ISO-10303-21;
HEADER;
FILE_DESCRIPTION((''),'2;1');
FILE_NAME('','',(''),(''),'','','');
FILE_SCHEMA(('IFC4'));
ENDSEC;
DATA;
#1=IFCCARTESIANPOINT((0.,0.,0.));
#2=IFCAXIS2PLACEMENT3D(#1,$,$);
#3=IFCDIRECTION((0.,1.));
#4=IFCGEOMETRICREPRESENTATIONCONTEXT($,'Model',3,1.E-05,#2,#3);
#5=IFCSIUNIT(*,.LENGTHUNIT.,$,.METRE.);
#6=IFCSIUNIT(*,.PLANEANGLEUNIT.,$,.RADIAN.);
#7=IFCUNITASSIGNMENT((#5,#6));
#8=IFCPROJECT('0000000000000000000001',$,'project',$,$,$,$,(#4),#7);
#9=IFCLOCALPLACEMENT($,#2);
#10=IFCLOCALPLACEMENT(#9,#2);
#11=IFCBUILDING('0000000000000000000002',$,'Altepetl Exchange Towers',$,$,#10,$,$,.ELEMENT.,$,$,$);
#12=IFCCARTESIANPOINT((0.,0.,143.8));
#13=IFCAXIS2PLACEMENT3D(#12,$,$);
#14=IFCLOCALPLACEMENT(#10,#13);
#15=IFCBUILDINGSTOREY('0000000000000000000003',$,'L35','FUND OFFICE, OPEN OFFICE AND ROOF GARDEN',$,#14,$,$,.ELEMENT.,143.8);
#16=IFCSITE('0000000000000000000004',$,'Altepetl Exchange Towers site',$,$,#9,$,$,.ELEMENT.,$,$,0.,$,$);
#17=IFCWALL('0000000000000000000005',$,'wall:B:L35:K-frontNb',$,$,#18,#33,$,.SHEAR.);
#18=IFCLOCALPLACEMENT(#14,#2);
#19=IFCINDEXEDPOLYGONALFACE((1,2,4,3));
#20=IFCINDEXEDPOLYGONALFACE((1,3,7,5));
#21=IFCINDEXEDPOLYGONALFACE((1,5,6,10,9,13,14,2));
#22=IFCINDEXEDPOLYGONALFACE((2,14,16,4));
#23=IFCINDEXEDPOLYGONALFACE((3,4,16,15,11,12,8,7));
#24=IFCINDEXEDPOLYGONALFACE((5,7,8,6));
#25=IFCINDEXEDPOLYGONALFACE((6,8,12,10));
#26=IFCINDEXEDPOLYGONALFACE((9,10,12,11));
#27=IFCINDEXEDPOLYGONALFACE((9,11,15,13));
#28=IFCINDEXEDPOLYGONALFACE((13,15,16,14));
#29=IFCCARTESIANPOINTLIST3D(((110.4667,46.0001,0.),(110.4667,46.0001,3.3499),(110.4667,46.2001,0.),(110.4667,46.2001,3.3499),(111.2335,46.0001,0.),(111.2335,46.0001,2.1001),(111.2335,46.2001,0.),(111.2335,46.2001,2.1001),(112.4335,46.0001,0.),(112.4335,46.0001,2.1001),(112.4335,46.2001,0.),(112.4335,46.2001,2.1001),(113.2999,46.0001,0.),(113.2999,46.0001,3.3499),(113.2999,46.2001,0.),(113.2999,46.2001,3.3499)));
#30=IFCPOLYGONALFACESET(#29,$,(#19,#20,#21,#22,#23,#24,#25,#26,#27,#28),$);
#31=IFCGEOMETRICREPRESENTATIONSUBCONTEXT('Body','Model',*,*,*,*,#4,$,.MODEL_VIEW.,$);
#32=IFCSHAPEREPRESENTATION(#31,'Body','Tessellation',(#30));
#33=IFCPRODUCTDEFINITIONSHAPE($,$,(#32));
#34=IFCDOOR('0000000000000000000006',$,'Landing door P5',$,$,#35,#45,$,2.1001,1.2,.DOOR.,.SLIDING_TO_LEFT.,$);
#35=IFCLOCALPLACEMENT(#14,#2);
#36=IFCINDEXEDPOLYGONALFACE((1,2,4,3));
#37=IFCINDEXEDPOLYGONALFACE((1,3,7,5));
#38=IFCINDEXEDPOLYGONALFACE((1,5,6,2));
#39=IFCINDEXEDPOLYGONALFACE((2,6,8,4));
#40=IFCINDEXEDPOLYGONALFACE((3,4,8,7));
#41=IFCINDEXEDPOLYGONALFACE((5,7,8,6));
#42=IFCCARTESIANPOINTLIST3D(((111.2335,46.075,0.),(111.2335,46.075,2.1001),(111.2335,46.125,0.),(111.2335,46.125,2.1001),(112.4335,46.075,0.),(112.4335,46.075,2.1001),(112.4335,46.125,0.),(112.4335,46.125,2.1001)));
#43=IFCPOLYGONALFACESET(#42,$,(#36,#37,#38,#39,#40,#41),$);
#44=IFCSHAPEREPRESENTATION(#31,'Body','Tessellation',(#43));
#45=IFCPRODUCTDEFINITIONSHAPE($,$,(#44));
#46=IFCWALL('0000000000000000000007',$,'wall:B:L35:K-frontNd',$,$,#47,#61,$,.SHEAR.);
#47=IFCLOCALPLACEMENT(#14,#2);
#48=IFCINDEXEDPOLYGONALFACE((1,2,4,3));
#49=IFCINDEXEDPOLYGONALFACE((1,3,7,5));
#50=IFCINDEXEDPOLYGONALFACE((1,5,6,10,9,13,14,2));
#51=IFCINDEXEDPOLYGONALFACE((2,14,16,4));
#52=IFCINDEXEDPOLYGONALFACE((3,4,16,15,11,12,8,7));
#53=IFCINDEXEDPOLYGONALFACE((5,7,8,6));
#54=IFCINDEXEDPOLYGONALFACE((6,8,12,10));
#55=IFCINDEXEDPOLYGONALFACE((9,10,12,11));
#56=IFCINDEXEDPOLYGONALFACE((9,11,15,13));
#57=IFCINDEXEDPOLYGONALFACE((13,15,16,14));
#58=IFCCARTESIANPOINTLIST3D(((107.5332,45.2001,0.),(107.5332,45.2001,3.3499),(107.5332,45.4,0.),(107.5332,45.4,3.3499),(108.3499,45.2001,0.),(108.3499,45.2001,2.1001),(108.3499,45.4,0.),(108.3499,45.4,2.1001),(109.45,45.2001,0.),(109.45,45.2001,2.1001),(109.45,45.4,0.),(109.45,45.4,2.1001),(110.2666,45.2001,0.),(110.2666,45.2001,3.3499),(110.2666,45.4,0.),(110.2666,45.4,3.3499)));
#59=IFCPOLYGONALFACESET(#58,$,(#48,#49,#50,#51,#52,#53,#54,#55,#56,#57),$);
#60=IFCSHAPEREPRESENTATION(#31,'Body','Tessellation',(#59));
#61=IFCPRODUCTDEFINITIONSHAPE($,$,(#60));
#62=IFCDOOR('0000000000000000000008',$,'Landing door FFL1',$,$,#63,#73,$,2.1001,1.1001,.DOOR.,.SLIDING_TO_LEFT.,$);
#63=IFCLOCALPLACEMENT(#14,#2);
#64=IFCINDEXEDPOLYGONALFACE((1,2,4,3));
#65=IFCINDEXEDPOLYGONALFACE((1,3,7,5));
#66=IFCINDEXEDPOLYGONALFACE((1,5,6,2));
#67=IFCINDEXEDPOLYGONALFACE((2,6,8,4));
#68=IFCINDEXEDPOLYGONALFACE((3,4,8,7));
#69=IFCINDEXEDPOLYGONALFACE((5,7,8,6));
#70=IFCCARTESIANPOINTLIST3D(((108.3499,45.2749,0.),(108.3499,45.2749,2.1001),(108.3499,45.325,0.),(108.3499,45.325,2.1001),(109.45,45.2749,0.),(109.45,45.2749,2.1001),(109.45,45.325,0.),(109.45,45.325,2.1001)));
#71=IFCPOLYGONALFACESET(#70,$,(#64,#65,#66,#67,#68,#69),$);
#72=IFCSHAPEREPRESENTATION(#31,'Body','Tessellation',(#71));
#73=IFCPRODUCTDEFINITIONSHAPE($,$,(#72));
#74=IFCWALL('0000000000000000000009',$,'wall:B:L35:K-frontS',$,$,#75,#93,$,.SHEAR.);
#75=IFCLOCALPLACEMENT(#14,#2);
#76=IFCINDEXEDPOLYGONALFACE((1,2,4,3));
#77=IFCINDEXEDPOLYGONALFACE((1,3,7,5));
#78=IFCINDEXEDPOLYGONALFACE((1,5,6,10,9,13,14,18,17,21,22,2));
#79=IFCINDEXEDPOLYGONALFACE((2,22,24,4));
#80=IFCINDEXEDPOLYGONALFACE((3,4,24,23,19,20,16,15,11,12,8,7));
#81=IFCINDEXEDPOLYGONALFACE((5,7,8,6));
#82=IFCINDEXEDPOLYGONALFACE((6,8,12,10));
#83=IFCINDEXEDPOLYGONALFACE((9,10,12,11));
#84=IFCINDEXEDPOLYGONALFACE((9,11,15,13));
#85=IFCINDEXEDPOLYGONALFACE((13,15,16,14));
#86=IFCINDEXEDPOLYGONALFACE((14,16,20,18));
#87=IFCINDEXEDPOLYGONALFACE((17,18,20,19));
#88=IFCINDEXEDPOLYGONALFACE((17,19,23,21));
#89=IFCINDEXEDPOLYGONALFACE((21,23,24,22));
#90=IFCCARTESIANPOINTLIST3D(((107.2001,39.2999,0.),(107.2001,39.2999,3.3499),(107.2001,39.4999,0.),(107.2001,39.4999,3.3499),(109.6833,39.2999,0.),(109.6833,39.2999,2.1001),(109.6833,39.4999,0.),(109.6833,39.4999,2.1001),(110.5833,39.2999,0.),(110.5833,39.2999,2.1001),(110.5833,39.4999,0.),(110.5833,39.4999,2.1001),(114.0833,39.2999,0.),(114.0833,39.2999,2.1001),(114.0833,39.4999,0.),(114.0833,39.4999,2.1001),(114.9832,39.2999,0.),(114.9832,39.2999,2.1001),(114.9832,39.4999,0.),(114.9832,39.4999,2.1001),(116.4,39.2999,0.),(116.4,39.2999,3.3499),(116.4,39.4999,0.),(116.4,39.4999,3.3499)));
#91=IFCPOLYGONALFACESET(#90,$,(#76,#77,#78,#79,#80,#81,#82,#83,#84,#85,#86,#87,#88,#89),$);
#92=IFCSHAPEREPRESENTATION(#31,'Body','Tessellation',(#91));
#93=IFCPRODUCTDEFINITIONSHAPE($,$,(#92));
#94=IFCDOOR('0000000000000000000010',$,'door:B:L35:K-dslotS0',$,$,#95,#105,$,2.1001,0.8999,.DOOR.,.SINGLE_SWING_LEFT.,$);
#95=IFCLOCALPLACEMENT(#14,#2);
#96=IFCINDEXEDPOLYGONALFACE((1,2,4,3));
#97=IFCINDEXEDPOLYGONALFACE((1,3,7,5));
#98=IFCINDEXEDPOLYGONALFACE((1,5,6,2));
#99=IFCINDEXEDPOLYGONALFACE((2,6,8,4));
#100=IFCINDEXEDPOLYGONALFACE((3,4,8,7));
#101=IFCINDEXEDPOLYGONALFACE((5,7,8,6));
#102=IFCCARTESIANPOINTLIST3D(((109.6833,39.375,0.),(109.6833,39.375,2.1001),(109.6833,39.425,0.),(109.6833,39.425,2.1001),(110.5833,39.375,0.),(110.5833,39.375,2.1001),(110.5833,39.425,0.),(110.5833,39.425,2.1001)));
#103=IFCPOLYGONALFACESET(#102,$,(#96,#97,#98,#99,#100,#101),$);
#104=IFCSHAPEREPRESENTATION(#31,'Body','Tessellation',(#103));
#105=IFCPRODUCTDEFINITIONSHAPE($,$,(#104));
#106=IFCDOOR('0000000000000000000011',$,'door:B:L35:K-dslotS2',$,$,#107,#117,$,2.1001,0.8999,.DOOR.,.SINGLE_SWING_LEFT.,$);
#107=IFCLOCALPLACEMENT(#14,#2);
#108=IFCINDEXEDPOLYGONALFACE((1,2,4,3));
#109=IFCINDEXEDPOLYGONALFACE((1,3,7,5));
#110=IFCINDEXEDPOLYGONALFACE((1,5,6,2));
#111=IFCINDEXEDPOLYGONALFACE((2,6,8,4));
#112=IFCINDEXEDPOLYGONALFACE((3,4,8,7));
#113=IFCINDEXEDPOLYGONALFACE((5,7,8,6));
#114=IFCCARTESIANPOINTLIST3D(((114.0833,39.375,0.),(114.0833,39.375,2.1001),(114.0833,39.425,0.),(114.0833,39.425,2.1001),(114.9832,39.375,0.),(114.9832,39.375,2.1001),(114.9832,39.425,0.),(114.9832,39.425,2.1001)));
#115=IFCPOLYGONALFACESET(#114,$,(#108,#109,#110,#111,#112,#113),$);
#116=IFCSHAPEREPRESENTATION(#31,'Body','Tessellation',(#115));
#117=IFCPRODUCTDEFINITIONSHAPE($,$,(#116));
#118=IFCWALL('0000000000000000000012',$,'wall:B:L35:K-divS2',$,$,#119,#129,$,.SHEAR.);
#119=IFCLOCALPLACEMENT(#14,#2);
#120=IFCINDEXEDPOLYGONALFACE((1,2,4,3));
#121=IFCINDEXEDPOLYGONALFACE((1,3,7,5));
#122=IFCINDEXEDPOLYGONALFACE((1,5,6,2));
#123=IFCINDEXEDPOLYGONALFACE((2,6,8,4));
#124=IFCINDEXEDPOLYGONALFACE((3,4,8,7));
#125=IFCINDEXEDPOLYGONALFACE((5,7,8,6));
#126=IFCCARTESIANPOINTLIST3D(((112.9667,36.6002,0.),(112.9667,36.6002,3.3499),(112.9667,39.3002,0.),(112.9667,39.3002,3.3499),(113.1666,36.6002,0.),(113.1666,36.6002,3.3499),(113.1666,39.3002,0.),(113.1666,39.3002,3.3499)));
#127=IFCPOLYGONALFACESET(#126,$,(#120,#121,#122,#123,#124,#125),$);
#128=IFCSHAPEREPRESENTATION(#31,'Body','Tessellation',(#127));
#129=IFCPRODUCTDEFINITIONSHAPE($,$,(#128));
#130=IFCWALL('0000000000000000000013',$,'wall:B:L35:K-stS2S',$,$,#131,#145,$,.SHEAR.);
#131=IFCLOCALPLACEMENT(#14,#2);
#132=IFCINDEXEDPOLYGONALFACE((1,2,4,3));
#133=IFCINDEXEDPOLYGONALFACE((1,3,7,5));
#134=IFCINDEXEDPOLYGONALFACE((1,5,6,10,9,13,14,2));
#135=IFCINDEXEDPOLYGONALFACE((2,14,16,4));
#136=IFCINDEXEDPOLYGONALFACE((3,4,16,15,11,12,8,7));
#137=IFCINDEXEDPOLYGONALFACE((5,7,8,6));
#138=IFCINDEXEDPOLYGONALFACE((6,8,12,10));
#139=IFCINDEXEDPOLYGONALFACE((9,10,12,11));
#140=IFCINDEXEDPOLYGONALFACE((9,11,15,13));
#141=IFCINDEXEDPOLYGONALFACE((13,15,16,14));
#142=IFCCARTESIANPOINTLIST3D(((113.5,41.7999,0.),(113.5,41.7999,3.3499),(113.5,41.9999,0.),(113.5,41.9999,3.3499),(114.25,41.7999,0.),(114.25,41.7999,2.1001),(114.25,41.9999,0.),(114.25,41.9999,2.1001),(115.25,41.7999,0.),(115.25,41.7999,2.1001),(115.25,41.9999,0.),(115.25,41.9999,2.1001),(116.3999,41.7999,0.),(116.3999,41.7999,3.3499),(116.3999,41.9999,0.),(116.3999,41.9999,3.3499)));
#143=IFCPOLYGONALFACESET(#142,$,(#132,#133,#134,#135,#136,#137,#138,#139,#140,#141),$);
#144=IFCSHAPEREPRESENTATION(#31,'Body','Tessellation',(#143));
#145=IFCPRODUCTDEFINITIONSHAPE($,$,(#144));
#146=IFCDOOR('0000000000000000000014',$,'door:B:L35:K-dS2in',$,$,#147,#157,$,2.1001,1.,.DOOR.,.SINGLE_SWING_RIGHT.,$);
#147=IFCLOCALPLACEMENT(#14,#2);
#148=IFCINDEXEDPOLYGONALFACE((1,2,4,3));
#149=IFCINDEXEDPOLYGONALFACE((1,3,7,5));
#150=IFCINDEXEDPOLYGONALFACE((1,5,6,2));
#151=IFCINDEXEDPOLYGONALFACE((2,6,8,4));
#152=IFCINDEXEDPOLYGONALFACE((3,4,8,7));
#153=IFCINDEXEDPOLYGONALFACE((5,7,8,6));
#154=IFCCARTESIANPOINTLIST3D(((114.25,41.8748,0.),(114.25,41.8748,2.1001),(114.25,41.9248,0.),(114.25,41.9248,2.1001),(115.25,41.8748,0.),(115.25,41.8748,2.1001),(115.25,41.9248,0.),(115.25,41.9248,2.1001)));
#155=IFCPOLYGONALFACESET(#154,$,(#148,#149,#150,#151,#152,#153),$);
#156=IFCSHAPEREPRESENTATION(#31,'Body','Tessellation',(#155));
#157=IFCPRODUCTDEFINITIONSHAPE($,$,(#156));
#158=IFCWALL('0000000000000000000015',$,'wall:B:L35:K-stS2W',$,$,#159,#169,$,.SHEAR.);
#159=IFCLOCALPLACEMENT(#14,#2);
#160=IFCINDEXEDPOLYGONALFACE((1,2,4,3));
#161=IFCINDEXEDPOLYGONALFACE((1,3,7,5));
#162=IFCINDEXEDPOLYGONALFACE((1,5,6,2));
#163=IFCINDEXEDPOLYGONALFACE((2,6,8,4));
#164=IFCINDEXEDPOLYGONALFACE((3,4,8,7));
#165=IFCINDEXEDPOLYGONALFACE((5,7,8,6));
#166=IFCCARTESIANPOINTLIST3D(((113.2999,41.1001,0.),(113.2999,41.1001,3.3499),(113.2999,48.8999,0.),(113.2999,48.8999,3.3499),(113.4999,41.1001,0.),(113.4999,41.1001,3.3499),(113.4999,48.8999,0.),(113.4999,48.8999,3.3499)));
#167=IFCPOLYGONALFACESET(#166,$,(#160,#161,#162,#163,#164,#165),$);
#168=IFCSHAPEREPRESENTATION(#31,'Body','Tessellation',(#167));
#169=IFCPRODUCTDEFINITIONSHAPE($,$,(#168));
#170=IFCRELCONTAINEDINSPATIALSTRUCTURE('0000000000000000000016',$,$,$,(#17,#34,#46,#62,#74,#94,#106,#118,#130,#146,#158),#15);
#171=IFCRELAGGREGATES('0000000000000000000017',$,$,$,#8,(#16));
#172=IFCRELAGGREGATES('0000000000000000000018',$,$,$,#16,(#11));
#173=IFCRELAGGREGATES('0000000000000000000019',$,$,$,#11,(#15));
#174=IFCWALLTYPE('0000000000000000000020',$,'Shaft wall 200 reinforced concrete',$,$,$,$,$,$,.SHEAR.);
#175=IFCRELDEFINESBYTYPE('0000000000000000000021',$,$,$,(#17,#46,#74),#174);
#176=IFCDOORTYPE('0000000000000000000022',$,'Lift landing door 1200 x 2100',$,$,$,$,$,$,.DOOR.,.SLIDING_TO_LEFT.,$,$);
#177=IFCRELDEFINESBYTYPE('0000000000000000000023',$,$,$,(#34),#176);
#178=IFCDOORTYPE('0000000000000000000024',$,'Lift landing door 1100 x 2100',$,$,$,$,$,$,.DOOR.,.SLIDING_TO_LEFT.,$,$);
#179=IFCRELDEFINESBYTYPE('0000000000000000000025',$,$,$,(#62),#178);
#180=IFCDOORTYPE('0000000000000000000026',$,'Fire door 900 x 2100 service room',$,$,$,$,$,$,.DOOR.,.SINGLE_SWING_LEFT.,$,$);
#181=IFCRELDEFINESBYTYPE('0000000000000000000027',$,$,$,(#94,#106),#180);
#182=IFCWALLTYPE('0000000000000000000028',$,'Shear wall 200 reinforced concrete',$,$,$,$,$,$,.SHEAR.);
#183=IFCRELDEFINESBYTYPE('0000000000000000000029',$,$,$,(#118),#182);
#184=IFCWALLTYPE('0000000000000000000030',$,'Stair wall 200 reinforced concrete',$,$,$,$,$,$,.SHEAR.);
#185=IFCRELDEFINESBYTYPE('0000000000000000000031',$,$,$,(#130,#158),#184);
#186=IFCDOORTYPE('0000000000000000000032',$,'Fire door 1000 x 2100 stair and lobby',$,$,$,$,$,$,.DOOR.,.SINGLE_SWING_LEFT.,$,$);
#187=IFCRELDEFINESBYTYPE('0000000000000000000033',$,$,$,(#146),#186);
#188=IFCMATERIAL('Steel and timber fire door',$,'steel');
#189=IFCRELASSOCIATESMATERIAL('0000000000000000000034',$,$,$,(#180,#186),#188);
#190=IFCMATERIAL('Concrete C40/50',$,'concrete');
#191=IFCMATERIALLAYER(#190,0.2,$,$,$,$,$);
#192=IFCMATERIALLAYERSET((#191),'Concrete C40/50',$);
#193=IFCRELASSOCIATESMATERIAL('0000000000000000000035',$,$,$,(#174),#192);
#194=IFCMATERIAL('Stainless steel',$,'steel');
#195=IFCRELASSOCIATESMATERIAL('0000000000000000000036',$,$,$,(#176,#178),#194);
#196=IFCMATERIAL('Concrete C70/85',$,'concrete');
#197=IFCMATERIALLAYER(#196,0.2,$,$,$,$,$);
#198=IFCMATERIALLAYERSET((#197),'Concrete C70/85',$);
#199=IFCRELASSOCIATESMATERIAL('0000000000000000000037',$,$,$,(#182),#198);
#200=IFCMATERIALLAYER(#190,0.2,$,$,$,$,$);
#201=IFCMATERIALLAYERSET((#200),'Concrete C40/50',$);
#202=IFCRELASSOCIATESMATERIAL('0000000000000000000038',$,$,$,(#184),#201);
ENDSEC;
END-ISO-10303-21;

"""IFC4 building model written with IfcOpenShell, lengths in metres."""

from ifc_helpers import new_model, si_unit, direction, frame, frame_2d, origin, place, context, subcontext, project, spatial, rectangle, extrude, material, layer, layer_set, type_object, element, fill, save


model = new_model("IFC4")

# Units and contexts
model_context = context("Model", 3, precision=1e-05, world=origin(), true_north=direction((0.0, 1.0)))
body_context = subcontext(model_context, "Body", "Model", "MODEL_VIEW")
ifc_project = project(units=[si_unit("LENGTHUNIT", "METRE"), si_unit("PLANEANGLEUNIT", "RADIAN")], contexts=[model_context])

# Site, building, storey
site_placement = place(None, origin())
site = spatial("IfcSite", under=ifc_project, at=site_placement, Name="Altepetl Exchange Towers site", CompositionType="ELEMENT", RefElevation=0.0)
building_placement = place(site_placement, origin())
building = spatial("IfcBuilding", under=site, at=building_placement, Name="Altepetl Exchange Towers", CompositionType="ELEMENT")
storey_placement = place(building_placement, frame((0.0, 0.0, 143.8)))
storey = spatial("IfcBuildingStorey", under=building, at=storey_placement, Name="L35", Description="FUND OFFICE, OPEN OFFICE AND ROOF GARDEN", CompositionType="ELEMENT", Elevation=143.8)

# Shared definitions
ifc_material_1 = material(Name="Steel and timber fire door", Category="steel")
door_type_1 = type_object("IfcDoorType", Name="Fire door 900 x 2100 service room", OperationType="SINGLE_SWING_LEFT", PredefinedType="DOOR", material=ifc_material_1)

# Shared definitions
ifc_material_2 = material(Name="Concrete C40/50", Category="concrete")
ifc_layer_1 = layer(ifc_material_2, 0.2)
ifc_layer_set_1 = layer_set([ifc_layer_1], Name="Concrete C40/50")
wall_type_1 = type_object("IfcWallType", Name="Shaft wall 200 reinforced concrete", PredefinedType="SHEAR", material=ifc_layer_set_1)

# Walls, openings, doors
door_type_2 = type_object("IfcDoorType", Name="Fire door 1000 x 2100 stair and lobby", OperationType="SINGLE_SWING_LEFT", PredefinedType="DOOR", material=ifc_material_1)
wall_1_placement = place(storey_placement, frame((110.4668, 46.1001, 0.0)))
wall_1 = element("IfcWall", 1, at=wall_1_placement, inside=storey, type_object=wall_type_1, Name="wall:B:L35:K-frontNb", PredefinedType="SHEAR", context=body_context, shape_type="SweptSolid", body=[
    extrude(rectangle(XDim=2.8333, YDim=0.2, at=frame_2d((1.4165, 0.0))), origin(), (0.0, 0.0, 1.0), 3.3499),
])
opening_1_placement = place(wall_1_placement, frame((0.7666, 0.0, 0.0)))
opening_1 = element("IfcOpeningElement", 2, at=opening_1_placement, cuts=wall_1, PredefinedType="OPENING", context=body_context, shape_type="SweptSolid", body=[
    extrude(rectangle(XDim=1.2, YDim=2.1001, at=frame_2d((0.6001, 1.05))), frame((0.0, 0.1099, 0.0), z_axis=(0.0, -1.0, 0.0), x_axis=(1.0, 0.0, 0.0)), (0.0, 0.0, 1.0), 0.22),
])
ifc_material_3 = material(Name="Stainless steel", Category="steel")
door_type_3 = type_object("IfcDoorType", Name="Lift landing door 1200 x 2100", OperationType="SLIDING_TO_LEFT", PredefinedType="DOOR", material=ifc_material_3)
door_1_placement = place(opening_1_placement, origin())
door_1 = element("IfcDoor", 3, at=door_1_placement, inside=storey, type_object=door_type_3, Name="Landing door P5", OperationType="SLIDING_TO_LEFT", OverallHeight=2.1001, OverallWidth=1.2, PredefinedType="DOOR", context=body_context, shape_type="SweptSolid", body=[
    extrude(rectangle(XDim=1.2, YDim=2.1001, at=frame_2d((0.6001, 1.05))), frame((0.0, 0.0249, 0.0), z_axis=(0.0, -1.0, 0.0), x_axis=(1.0, 0.0, 0.0)), (0.0, 0.0, 1.0), 0.05),
])
fill(opening_1, door_1)
wall_2_placement = place(storey_placement, frame((107.5332, 45.3, 0.0)))
wall_2 = element("IfcWall", 4, at=wall_2_placement, inside=storey, type_object=wall_type_1, Name="wall:B:L35:K-frontNd", PredefinedType="SHEAR", context=body_context, shape_type="SweptSolid", body=[
    extrude(rectangle(XDim=2.7334, YDim=0.2, at=frame_2d((1.3667, 0.0))), origin(), (0.0, 0.0, 1.0), 3.3499),
])
opening_2_placement = place(wall_2_placement, frame((0.8167, 0.0, 0.0)))
opening_2 = element("IfcOpeningElement", 5, at=opening_2_placement, cuts=wall_2, PredefinedType="OPENING", context=body_context, shape_type="SweptSolid", body=[
    extrude(rectangle(XDim=1.1001, YDim=2.1001, at=frame_2d((0.55, 1.05))), frame((0.0, 0.1099, 0.0), z_axis=(0.0, -1.0, 0.0), x_axis=(1.0, 0.0, 0.0)), (0.0, 0.0, 1.0), 0.22),
])
door_type_4 = type_object("IfcDoorType", Name="Lift landing door 1100 x 2100", OperationType="SLIDING_TO_LEFT", PredefinedType="DOOR", material=ifc_material_3)
door_2_placement = place(opening_2_placement, origin())
door_2 = element("IfcDoor", 6, at=door_2_placement, inside=storey, type_object=door_type_4, Name="Landing door FFL1", OperationType="SLIDING_TO_LEFT", OverallHeight=2.1001, OverallWidth=1.1001, PredefinedType="DOOR", context=body_context, shape_type="SweptSolid", body=[
    extrude(rectangle(XDim=1.1001, YDim=2.1001, at=frame_2d((0.55, 1.05))), frame((0.0, 0.0249, 0.0), z_axis=(0.0, -1.0, 0.0), x_axis=(1.0, 0.0, 0.0)), (0.0, 0.0, 1.0), 0.05),
])
fill(opening_2, door_2)

# Wall, openings, doors
wall_3_placement = place(storey_placement, frame((107.2, 39.3999, 0.0)))
wall_3 = element("IfcWall", 7, at=wall_3_placement, inside=storey, type_object=wall_type_1, Name="wall:B:L35:K-frontS", PredefinedType="SHEAR", context=body_context, shape_type="SweptSolid", body=[
    extrude(rectangle(XDim=9.2, YDim=0.2, at=frame_2d((4.6001, 0.0))), origin(), (0.0, 0.0, 1.0), 3.3499),
])
opening_3_placement = place(wall_3_placement, frame((2.4834, 0.0, 0.0)))
opening_3 = element("IfcOpeningElement", 8, at=opening_3_placement, cuts=wall_3, PredefinedType="OPENING", context=body_context, shape_type="SweptSolid", body=[
    extrude(rectangle(XDim=0.8999, YDim=2.1001, at=frame_2d((0.45, 1.05))), frame((0.0, 0.1099, 0.0), z_axis=(0.0, -1.0, 0.0), x_axis=(1.0, 0.0, 0.0)), (0.0, 0.0, 1.0), 0.22),
])
opening_4_placement = place(wall_3_placement, frame((6.8833, 0.0, 0.0)))
opening_4 = element("IfcOpeningElement", 9, at=opening_4_placement, cuts=wall_3, PredefinedType="OPENING", context=body_context, shape_type="SweptSolid", body=[
    extrude(rectangle(XDim=0.8999, YDim=2.1001, at=frame_2d((0.45, 1.05))), frame((0.0, 0.1099, 0.0), z_axis=(0.0, -1.0, 0.0), x_axis=(1.0, 0.0, 0.0)), (0.0, 0.0, 1.0), 0.22),
])
door_3_placement = place(opening_3_placement, frame((0.8999, 0.0, 0.0), x_axis=(-1.0, 0.0, 0.0)))
door_3 = element("IfcDoor", 10, at=door_3_placement, inside=storey, type_object=door_type_1, Name="door:B:L35:K-dslotS0", OperationType="SINGLE_SWING_LEFT", OverallHeight=2.1001, OverallWidth=0.8999, PredefinedType="DOOR", context=body_context, shape_type="SweptSolid", body=[
    extrude(rectangle(XDim=0.8999, YDim=2.1001, at=frame_2d((0.45, 1.05))), frame((0.0, 0.0249, 0.0), z_axis=(0.0, -1.0, 0.0), x_axis=(1.0, 0.0, 0.0)), (0.0, 0.0, 1.0), 0.05),
])
fill(opening_3, door_3)
door_4_placement = place(opening_4_placement, frame((0.8999, 0.0, 0.0), x_axis=(-1.0, 0.0, 0.0)))
door_4 = element("IfcDoor", 11, at=door_4_placement, inside=storey, type_object=door_type_1, Name="door:B:L35:K-dslotS2", OperationType="SINGLE_SWING_LEFT", OverallHeight=2.1001, OverallWidth=0.8999, PredefinedType="DOOR", context=body_context, shape_type="SweptSolid", body=[
    extrude(rectangle(XDim=0.8999, YDim=2.1001, at=frame_2d((0.45, 1.05))), frame((0.0, 0.0249, 0.0), z_axis=(0.0, -1.0, 0.0), x_axis=(1.0, 0.0, 0.0)), (0.0, 0.0, 1.0), 0.05),
])
fill(opening_4, door_4)

# Wall
ifc_material_4 = material(Name="Concrete C70/85", Category="concrete")
ifc_layer_2 = layer(ifc_material_4, 0.2)
ifc_layer_set_2 = layer_set([ifc_layer_2], Name="Concrete C70/85")
wall_type_2 = type_object("IfcWallType", Name="Shear wall 200 reinforced concrete", PredefinedType="SHEAR", material=ifc_layer_set_2)
wall_4_placement = place(storey_placement, frame((113.0667, 36.6001, 0.0), z_axis=(0.0, 0.0, 1.0), x_axis=(0.0, 1.0, 0.0)))
element("IfcWall", 12, at=wall_4_placement, inside=storey, type_object=wall_type_2, Name="wall:B:L35:K-divS2", PredefinedType="SHEAR", context=body_context, shape_type="SweptSolid", body=[
    extrude(rectangle(XDim=2.7, YDim=0.2, at=frame_2d((1.3501, 0.0))), origin(), (0.0, 0.0, 1.0), 3.3499),
])

# Wall, opening, door
ifc_layer_3 = layer(ifc_material_2, 0.2)
ifc_layer_set_3 = layer_set([ifc_layer_3], Name="Concrete C40/50")
wall_type_3 = type_object("IfcWallType", Name="Stair wall 200 reinforced concrete", PredefinedType="SHEAR", material=ifc_layer_set_3)
wall_5_placement = place(storey_placement, frame((113.5, 41.8999, 0.0)))
wall_5 = element("IfcWall", 13, at=wall_5_placement, inside=storey, type_object=wall_type_3, Name="wall:B:L35:K-stS2S", PredefinedType="SHEAR", context=body_context, shape_type="SweptSolid", body=[
    extrude(rectangle(XDim=2.8999, YDim=0.2, at=frame_2d((1.45, 0.0))), origin(), (0.0, 0.0, 1.0), 3.3499),
])
opening_5_placement = place(wall_5_placement, frame((0.75, 0.0, 0.0)))
opening_5 = element("IfcOpeningElement", 14, at=opening_5_placement, cuts=wall_5, PredefinedType="OPENING", context=body_context, shape_type="SweptSolid", body=[
    extrude(rectangle(XDim=1.0, YDim=2.1001, at=frame_2d((0.5, 1.05))), frame((0.0, 0.1099, 0.0), z_axis=(0.0, -1.0, 0.0), x_axis=(1.0, 0.0, 0.0)), (0.0, 0.0, 1.0), 0.22),
])
door_5_placement = place(opening_5_placement, origin())
door_5 = element("IfcDoor", 15, at=door_5_placement, inside=storey, type_object=door_type_2, Name="door:B:L35:K-dS2in", OperationType="SINGLE_SWING_RIGHT", OverallHeight=2.1001, OverallWidth=1.0, PredefinedType="DOOR", context=body_context, shape_type="SweptSolid", body=[
    extrude(rectangle(XDim=1.0, YDim=2.1001, at=frame_2d((0.5, 1.05))), frame((0.0, 0.0249, 0.0), z_axis=(0.0, -1.0, 0.0), x_axis=(1.0, 0.0, 0.0)), (0.0, 0.0, 1.0), 0.05),
])
fill(opening_5, door_5)

# Wall
wall_6_placement = place(storey_placement, frame((113.3999, 41.1001, 0.0), z_axis=(0.0, 0.0, 1.0), x_axis=(0.0, 1.0, 0.0)))
element("IfcWall", 16, at=wall_6_placement, inside=storey, type_object=wall_type_3, Name="wall:B:L35:K-stS2W", PredefinedType="SHEAR", context=body_context, shape_type="SweptSolid", body=[
    extrude(rectangle(XDim=7.7998, YDim=0.2, at=frame_2d((3.8999, 0.0))), origin(), (0.0, 0.0, 1.0), 3.3499),
])

save(model, "model.ifc")
